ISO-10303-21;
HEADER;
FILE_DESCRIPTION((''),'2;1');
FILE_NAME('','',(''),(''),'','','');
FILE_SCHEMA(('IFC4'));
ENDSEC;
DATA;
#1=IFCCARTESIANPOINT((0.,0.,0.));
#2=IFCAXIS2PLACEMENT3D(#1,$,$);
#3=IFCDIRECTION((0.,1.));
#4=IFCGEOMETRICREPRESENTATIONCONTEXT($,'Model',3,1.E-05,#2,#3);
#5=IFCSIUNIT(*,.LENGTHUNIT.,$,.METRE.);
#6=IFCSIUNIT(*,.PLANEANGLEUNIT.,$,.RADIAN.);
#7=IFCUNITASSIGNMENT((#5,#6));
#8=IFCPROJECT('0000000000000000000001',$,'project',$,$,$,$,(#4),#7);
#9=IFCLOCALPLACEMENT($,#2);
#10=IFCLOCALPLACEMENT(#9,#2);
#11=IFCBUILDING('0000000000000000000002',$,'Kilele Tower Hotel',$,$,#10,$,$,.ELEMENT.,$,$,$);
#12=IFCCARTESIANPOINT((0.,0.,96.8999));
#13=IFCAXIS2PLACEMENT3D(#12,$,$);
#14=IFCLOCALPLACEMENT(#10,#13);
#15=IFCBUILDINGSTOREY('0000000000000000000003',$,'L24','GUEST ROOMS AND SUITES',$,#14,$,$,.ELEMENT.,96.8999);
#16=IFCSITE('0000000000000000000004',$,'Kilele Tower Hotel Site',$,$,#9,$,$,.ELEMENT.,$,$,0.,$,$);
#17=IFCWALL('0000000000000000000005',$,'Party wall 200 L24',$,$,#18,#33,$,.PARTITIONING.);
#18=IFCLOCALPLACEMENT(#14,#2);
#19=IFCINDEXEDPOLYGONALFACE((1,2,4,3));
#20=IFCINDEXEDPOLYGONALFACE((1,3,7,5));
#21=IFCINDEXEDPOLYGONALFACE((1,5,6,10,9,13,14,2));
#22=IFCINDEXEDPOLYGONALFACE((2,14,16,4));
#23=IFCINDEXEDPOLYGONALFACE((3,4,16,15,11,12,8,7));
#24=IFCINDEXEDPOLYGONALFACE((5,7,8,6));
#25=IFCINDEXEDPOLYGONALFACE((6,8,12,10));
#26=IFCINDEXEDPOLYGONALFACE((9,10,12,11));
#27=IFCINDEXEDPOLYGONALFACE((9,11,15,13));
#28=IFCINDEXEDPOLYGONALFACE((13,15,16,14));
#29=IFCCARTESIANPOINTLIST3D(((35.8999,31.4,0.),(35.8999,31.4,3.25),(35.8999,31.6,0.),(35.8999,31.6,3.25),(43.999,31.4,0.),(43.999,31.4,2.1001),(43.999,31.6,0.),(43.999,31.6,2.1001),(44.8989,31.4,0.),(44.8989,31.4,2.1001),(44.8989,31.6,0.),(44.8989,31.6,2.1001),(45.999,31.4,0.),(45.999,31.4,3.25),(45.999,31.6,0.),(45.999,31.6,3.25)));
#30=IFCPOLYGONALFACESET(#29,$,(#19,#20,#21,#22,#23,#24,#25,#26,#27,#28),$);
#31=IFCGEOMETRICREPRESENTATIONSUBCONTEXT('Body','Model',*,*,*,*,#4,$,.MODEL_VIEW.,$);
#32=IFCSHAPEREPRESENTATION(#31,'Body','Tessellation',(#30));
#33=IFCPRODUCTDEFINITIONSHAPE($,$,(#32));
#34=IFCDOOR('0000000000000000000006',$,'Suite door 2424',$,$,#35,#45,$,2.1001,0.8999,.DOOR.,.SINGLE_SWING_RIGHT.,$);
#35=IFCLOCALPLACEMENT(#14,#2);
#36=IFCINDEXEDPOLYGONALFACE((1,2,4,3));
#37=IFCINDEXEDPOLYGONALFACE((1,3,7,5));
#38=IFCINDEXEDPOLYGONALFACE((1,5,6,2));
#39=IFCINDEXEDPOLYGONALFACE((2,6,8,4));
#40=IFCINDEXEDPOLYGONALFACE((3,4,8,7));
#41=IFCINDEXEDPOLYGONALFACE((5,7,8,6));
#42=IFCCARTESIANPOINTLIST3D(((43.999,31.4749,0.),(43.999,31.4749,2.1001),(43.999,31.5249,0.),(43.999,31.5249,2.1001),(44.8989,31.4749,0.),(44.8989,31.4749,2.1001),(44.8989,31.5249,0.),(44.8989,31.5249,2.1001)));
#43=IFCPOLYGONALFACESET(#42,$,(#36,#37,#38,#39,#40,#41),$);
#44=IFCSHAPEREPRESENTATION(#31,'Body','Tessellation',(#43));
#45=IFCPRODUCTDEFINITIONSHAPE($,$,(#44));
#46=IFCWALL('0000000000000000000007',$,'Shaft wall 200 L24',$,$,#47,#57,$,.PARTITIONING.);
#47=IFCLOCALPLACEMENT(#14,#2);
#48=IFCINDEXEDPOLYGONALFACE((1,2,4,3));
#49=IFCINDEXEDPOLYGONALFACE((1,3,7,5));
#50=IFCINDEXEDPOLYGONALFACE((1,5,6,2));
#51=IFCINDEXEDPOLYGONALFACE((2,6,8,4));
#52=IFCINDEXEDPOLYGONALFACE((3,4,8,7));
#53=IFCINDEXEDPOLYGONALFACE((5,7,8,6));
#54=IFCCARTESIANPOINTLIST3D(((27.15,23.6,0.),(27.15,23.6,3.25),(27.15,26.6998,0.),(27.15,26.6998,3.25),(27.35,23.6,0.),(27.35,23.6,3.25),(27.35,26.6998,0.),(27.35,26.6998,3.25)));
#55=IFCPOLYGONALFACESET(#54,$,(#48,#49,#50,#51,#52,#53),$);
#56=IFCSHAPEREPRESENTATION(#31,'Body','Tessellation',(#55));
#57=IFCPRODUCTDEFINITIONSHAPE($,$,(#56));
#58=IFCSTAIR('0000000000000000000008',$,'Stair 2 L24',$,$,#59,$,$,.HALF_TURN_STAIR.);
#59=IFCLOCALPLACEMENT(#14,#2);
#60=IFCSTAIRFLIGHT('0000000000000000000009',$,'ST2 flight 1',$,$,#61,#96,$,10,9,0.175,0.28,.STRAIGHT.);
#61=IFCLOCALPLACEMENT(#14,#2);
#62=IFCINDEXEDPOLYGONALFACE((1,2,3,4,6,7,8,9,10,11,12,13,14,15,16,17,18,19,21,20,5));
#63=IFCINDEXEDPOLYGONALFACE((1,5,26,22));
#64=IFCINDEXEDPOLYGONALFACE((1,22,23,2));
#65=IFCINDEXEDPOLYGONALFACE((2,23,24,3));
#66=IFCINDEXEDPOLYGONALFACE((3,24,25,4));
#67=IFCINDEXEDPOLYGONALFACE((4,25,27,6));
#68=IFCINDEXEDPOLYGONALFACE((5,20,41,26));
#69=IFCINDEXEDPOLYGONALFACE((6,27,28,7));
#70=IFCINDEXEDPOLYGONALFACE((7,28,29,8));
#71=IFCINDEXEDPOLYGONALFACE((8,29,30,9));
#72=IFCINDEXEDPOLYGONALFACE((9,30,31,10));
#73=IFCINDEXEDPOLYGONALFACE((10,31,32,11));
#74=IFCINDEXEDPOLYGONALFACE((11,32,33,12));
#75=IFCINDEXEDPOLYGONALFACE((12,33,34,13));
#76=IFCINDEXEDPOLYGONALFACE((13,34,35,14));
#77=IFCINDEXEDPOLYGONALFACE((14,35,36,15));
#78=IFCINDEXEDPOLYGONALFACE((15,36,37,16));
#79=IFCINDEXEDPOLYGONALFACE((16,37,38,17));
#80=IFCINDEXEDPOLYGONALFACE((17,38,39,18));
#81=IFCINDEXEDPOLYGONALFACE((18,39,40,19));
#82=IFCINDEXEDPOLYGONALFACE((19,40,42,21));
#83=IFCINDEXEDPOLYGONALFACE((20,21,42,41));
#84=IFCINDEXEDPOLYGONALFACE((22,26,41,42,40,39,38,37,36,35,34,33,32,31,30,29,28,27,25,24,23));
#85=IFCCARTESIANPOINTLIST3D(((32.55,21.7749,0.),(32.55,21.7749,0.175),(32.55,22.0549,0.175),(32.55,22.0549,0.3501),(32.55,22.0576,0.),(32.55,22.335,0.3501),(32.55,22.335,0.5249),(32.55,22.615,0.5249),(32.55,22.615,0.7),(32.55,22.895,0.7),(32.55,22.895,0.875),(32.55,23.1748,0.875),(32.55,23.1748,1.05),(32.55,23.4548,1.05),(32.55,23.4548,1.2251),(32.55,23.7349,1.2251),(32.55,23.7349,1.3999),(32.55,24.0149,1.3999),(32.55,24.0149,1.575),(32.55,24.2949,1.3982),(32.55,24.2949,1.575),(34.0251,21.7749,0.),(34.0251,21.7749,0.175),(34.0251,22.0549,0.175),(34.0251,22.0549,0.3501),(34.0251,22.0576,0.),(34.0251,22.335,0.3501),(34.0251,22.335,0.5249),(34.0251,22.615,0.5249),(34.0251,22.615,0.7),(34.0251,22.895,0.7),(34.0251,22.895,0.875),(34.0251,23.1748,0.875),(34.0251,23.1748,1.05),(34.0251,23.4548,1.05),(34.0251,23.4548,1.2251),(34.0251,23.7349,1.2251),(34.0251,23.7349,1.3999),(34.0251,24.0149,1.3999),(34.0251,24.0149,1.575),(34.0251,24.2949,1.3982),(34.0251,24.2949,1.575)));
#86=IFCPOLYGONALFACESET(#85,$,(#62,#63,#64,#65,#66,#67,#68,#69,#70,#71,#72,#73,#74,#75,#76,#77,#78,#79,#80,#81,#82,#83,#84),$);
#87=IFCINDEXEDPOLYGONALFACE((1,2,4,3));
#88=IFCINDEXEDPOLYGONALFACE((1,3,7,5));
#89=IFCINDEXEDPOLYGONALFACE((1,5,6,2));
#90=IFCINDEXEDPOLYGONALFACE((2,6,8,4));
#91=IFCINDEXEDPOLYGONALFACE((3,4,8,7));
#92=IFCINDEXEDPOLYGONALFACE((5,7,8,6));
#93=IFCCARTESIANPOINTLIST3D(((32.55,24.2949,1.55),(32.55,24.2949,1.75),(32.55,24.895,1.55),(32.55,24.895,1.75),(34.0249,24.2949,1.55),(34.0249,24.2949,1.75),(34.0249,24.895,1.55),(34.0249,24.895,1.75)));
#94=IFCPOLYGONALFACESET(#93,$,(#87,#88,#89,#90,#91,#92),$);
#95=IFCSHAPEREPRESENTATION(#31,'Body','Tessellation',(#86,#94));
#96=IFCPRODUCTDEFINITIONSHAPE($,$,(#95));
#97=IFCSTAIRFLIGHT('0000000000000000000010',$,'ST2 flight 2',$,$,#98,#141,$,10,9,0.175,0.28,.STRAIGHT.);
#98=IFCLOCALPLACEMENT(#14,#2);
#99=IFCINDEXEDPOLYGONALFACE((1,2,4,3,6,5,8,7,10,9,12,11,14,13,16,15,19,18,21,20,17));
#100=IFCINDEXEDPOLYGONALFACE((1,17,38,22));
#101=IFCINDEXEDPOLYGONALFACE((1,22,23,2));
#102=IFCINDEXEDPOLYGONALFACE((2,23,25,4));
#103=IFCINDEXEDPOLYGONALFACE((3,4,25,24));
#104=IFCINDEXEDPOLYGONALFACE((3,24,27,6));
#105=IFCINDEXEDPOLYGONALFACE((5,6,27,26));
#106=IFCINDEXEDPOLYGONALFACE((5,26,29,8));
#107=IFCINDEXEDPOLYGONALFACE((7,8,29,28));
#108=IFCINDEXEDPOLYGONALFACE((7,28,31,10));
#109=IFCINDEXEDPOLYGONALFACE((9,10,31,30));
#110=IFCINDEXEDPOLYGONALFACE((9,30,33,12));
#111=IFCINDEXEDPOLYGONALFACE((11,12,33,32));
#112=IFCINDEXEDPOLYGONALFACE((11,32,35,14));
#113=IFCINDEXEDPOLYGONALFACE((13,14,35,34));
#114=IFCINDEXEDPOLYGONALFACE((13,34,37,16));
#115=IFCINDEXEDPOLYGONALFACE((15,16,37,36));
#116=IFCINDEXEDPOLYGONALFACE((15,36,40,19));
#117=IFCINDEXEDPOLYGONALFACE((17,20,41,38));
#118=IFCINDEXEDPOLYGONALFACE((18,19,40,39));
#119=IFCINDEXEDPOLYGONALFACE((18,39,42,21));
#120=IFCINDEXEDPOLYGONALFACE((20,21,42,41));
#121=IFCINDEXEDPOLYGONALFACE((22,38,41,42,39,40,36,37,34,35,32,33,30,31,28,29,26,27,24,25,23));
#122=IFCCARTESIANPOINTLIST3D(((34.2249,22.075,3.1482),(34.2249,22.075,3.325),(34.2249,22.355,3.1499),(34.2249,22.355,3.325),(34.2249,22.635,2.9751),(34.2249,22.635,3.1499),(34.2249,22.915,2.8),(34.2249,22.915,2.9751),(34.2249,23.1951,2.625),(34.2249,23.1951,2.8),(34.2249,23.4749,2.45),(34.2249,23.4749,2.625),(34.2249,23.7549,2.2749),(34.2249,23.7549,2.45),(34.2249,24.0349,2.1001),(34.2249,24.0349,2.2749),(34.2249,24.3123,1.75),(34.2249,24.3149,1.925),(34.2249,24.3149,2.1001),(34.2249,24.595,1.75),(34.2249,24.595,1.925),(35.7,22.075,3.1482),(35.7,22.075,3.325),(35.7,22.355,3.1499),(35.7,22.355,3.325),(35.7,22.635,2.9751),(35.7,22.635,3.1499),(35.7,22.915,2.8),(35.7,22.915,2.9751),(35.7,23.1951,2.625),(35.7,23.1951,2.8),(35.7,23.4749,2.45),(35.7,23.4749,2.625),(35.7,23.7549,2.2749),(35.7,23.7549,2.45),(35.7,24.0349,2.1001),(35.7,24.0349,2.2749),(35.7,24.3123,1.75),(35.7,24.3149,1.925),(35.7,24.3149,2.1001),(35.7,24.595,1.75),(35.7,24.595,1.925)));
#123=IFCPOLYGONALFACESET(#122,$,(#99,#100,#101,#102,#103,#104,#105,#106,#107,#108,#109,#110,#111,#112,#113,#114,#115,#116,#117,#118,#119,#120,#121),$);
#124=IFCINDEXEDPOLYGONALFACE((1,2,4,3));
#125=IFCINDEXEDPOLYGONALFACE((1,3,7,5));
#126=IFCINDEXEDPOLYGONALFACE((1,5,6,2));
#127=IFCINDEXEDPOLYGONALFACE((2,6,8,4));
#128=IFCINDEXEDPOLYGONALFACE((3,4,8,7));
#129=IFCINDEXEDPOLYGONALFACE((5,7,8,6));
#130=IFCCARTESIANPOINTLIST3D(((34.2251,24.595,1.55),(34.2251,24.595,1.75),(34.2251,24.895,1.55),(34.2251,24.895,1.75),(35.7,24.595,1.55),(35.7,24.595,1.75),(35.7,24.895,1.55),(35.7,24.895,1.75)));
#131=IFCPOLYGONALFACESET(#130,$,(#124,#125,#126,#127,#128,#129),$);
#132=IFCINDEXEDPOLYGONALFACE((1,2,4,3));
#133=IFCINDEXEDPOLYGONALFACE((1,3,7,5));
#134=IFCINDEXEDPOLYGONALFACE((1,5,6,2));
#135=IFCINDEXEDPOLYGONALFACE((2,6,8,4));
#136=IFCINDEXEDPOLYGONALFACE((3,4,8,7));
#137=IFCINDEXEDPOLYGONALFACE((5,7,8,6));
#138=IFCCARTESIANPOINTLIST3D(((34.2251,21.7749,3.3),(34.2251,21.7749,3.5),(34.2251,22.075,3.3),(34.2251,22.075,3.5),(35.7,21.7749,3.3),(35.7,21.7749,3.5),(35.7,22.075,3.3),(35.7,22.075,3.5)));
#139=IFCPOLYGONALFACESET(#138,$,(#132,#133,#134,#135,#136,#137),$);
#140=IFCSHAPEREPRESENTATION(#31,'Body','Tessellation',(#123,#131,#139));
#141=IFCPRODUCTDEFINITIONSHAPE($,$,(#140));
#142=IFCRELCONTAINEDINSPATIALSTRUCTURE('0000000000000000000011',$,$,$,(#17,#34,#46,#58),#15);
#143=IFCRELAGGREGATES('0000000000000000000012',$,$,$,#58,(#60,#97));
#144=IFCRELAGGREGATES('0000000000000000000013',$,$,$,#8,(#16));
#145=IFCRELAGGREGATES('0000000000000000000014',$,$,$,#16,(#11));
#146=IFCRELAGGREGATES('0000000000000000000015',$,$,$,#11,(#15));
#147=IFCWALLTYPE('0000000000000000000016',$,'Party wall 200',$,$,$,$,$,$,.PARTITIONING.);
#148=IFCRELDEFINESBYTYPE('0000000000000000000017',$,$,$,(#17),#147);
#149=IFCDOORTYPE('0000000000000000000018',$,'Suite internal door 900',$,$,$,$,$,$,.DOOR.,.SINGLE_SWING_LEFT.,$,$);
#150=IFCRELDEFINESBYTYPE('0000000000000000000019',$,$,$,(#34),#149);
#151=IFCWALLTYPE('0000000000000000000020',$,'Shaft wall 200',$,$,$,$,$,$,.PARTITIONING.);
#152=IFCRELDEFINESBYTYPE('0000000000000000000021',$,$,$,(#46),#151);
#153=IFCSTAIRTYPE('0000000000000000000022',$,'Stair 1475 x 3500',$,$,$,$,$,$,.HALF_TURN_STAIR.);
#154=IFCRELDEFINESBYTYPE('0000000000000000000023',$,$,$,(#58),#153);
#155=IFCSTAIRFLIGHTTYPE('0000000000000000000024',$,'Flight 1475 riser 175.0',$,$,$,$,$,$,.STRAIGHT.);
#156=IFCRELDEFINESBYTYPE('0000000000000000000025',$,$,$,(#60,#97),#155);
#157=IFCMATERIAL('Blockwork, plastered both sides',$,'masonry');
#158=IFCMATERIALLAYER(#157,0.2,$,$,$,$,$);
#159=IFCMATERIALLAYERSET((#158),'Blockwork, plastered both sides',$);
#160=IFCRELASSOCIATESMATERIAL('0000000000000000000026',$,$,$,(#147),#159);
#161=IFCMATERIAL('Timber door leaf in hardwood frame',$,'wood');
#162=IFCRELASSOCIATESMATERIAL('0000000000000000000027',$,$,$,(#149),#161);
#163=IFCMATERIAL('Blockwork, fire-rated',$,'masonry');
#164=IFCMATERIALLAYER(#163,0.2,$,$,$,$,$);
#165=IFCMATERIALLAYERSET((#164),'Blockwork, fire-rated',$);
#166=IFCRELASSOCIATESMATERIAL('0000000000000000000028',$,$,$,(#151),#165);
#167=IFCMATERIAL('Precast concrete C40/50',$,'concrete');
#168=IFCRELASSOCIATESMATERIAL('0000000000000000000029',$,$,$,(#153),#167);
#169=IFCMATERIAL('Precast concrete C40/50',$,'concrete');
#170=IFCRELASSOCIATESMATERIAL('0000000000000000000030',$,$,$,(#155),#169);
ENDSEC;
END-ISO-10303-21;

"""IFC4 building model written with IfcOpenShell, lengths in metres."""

from ifc_helpers import new_model, si_unit, direction, frame, frame_2d, origin, place, context, subcontext, project, spatial, polyline, rectangle, outline, extrude, material, layer, layer_set, type_object, element, fill, aggregate, save


model = new_model("IFC4")

# Units and contexts
model_context = context("Model", 3, precision=1e-05, world=origin(), true_north=direction((0.0, 1.0)))
body_context = subcontext(model_context, "Body", "Model", "MODEL_VIEW")
ifc_project = project(units=[si_unit("LENGTHUNIT", "METRE"), si_unit("PLANEANGLEUNIT", "RADIAN")], contexts=[model_context])

# Site, building, storey
site_placement = place(None, origin())
site = spatial("IfcSite", under=ifc_project, at=site_placement, Name="Kilele Tower Hotel Site", CompositionType="ELEMENT", RefElevation=0.0)
building_placement = place(site_placement, origin())
building = spatial("IfcBuilding", under=site, at=building_placement, Name="Kilele Tower Hotel", CompositionType="ELEMENT")
storey_placement = place(building_placement, frame((0.0, 0.0, 96.8999)))
storey = spatial("IfcBuildingStorey", under=building, at=storey_placement, Name="L24", Description="GUEST ROOMS AND SUITES", CompositionType="ELEMENT", Elevation=96.8999)

# Shared definitions
ifc_material_1 = material(Name="Blockwork, plastered both sides", Category="masonry")
ifc_layer_1 = layer(ifc_material_1, 0.2)
ifc_layer_set_1 = layer_set([ifc_layer_1], Name="Blockwork, plastered both sides")
wall_type_1 = type_object("IfcWallType", Name="Party wall 200", PredefinedType="PARTITIONING", material=ifc_layer_set_1)

# Wall, opening, door
wall_1_placement = place(storey_placement, frame((35.8999, 31.5, 0.0), z_axis=(0.0, 0.0, 1.0), x_axis=(1.0, 0.0, 0.0)))
wall_1 = element("IfcWall", 1, at=wall_1_placement, inside=storey, type_object=wall_type_1, Name="Party wall 200 L24", PredefinedType="PARTITIONING", context=body_context, shape_type="SweptSolid", body=[
    extrude(rectangle(XDim=10.0991, YDim=0.2, at=frame_2d((5.0496, 0.0))), origin(), (0.0, 0.0, 1.0), 3.25),
])
opening_1_placement = place(wall_1_placement, frame((8.0991, 0.0, 0.0)))
opening_1 = element("IfcOpeningElement", 2, at=opening_1_placement, cuts=wall_1, PredefinedType="OPENING", context=body_context, shape_type="SweptSolid", body=[
    extrude(rectangle(XDim=0.8999, YDim=2.1001, at=frame_2d((0.45, 1.05))), frame((0.0, 0.1099, 0.0), z_axis=(0.0, -1.0, 0.0), x_axis=(1.0, 0.0, 0.0)), (0.0, 0.0, 1.0), 0.22),
])
ifc_material_2 = material(Name="Timber door leaf in hardwood frame", Category="wood")
door_type_1 = type_object("IfcDoorType", Name="Suite internal door 900", OperationType="SINGLE_SWING_LEFT", PredefinedType="DOOR", material=ifc_material_2)
door_1_placement = place(opening_1_placement, origin())
door_1 = element("IfcDoor", 3, at=door_1_placement, inside=storey, type_object=door_type_1, Name="Suite door 2424", OperationType="SINGLE_SWING_RIGHT", OverallHeight=2.1001, OverallWidth=0.8999, PredefinedType="DOOR", context=body_context, shape_type="SweptSolid", body=[
    extrude(rectangle(XDim=0.8999, YDim=2.1001, at=frame_2d((0.45, 1.05))), frame((0.0, 0.0249, 0.0), z_axis=(0.0, -1.0, 0.0), x_axis=(1.0, 0.0, 0.0)), (0.0, 0.0, 1.0), 0.05),
])
fill(opening_1, door_1)

# Wall
ifc_material_3 = material(Name="Blockwork, fire-rated", Category="masonry")
ifc_layer_2 = layer(ifc_material_3, 0.2)
ifc_layer_set_2 = layer_set([ifc_layer_2], Name="Blockwork, fire-rated")
wall_type_2 = type_object("IfcWallType", Name="Shaft wall 200", PredefinedType="PARTITIONING", material=ifc_layer_set_2)
wall_2_placement = place(storey_placement, frame((27.25, 23.6001, 0.0), z_axis=(0.0, 0.0, 1.0), x_axis=(0.0, 1.0, 0.0)))
element("IfcWall", 4, at=wall_2_placement, inside=storey, type_object=wall_type_2, Name="Shaft wall 200 L24", PredefinedType="PARTITIONING", context=body_context, shape_type="SweptSolid", body=[
    extrude(rectangle(XDim=3.0999, YDim=0.2, at=frame_2d((1.5498, 0.0))), origin(), (0.0, 0.0, 1.0), 3.25),
])

# Stair, stair flights
ifc_material_4 = material(Name="Precast concrete C40/50", Category="concrete")
stair_type = type_object("IfcStairType", Name="Stair 1475 x 3500", PredefinedType="HALF_TURN_STAIR", material=ifc_material_4)
stair_placement = place(storey_placement, origin())
stair = element("IfcStair", 5, at=stair_placement, inside=storey, type_object=stair_type, Name="Stair 2 L24", PredefinedType="HALF_TURN_STAIR")
ifc_material_5 = material(Name="Precast concrete C40/50", Category="concrete")
stair_flight_type = type_object("IfcStairFlightType", Name="Flight 1475 riser 175.0", PredefinedType="STRAIGHT", material=ifc_material_5)
stair_flight_1_placement = place(storey_placement, frame((33.2876, 21.7749, 0.0), z_axis=(0.0, 0.0, 1.0), x_axis=(0.0, 1.0, 0.0)))
stair_flight_1 = element("IfcStairFlight", 6, at=stair_flight_1_placement, type_object=stair_flight_type, Name="ST2 flight 1", NumberOfRisers=10, NumberOfTreads=9, PredefinedType="STRAIGHT", RiserHeight=0.175, TreadLength=0.28, context=body_context, shape_type="SweptSolid", body=[
    extrude(outline(polyline([(0.0, 0.0), (0.0, 0.175), (0.28, 0.175), (0.28, 0.3501), (0.5601, 0.3501), (0.5601, 0.5249), (0.8401, 0.5249), (0.8401, 0.7), (1.1201, 0.7), (1.1201, 0.875), (1.3999, 0.875), (1.3999, 1.05), (1.6799, 1.05), (1.6799, 1.2251), (1.96, 1.2251), (1.96, 1.3999), (2.24, 1.3999), (2.24, 1.575), (2.52, 1.575), (2.52, 1.75), (2.52, 1.3982), (0.2827, 0.0), (0.0, 0.0)])), frame((0.0, 0.7375, 0.0), z_axis=(0.0, -1.0, 0.0), x_axis=(1.0, 0.0, 0.0)), (0.0, 0.0, 1.0), 1.4751),
    extrude(outline(polyline([(2.52, 0.7375), (2.52, -0.7373), (3.1201, -0.7373), (3.1201, 0.7375), (2.52, 0.7375)])), frame((0.0, 0.0, 1.55)), (0.0, 0.0, 1.0), 0.2),
])
stair_flight_2_placement = place(storey_placement, frame((34.9624, 24.595, 1.75), z_axis=(0.0, 0.0, 1.0), x_axis=(0.0, -1.0, 0.0)))
stair_flight_2 = element("IfcStairFlight", 7, at=stair_flight_2_placement, type_object=stair_flight_type, Name="ST2 flight 2", NumberOfRisers=10, NumberOfTreads=9, PredefinedType="STRAIGHT", RiserHeight=0.175, TreadLength=0.28, context=body_context, shape_type="SweptSolid", body=[
    extrude(outline(polyline([(0.0, 0.0), (0.0, 0.175), (0.28, 0.175), (0.28, 0.3501), (0.5601, 0.3501), (0.5601, 0.5249), (0.8401, 0.5249), (0.8401, 0.7), (1.1201, 0.7), (1.1201, 0.875), (1.3999, 0.875), (1.3999, 1.05), (1.6799, 1.05), (1.6799, 1.2251), (1.96, 1.2251), (1.96, 1.3999), (2.24, 1.3999), (2.24, 1.575), (2.52, 1.575), (2.52, 1.75), (2.52, 1.3982), (0.2827, 0.0), (0.0, 0.0)])), frame((0.0, 0.7375, 0.0), z_axis=(0.0, -1.0, 0.0), x_axis=(1.0, 0.0, 0.0)), (0.0, 0.0, 1.0), 1.4751),
    extrude(outline(polyline([(0.0, -0.7373), (0.0, 0.7375), (-0.3, 0.7375), (-0.3, -0.7373), (0.0, -0.7373)])), frame((0.0, 0.0, -0.2)), (0.0, 0.0, 1.0), 0.2),
    extrude(outline(polyline([(2.8201, -0.7373), (2.8201, 0.7375), (2.52, 0.7375), (2.52, -0.7373), (2.8201, -0.7373)])), frame((0.0, 0.0, 1.55)), (0.0, 0.0, 1.0), 0.2),
])
aggregate(stair, [stair_flight_1, stair_flight_2])

save(model, "model.ifc")
